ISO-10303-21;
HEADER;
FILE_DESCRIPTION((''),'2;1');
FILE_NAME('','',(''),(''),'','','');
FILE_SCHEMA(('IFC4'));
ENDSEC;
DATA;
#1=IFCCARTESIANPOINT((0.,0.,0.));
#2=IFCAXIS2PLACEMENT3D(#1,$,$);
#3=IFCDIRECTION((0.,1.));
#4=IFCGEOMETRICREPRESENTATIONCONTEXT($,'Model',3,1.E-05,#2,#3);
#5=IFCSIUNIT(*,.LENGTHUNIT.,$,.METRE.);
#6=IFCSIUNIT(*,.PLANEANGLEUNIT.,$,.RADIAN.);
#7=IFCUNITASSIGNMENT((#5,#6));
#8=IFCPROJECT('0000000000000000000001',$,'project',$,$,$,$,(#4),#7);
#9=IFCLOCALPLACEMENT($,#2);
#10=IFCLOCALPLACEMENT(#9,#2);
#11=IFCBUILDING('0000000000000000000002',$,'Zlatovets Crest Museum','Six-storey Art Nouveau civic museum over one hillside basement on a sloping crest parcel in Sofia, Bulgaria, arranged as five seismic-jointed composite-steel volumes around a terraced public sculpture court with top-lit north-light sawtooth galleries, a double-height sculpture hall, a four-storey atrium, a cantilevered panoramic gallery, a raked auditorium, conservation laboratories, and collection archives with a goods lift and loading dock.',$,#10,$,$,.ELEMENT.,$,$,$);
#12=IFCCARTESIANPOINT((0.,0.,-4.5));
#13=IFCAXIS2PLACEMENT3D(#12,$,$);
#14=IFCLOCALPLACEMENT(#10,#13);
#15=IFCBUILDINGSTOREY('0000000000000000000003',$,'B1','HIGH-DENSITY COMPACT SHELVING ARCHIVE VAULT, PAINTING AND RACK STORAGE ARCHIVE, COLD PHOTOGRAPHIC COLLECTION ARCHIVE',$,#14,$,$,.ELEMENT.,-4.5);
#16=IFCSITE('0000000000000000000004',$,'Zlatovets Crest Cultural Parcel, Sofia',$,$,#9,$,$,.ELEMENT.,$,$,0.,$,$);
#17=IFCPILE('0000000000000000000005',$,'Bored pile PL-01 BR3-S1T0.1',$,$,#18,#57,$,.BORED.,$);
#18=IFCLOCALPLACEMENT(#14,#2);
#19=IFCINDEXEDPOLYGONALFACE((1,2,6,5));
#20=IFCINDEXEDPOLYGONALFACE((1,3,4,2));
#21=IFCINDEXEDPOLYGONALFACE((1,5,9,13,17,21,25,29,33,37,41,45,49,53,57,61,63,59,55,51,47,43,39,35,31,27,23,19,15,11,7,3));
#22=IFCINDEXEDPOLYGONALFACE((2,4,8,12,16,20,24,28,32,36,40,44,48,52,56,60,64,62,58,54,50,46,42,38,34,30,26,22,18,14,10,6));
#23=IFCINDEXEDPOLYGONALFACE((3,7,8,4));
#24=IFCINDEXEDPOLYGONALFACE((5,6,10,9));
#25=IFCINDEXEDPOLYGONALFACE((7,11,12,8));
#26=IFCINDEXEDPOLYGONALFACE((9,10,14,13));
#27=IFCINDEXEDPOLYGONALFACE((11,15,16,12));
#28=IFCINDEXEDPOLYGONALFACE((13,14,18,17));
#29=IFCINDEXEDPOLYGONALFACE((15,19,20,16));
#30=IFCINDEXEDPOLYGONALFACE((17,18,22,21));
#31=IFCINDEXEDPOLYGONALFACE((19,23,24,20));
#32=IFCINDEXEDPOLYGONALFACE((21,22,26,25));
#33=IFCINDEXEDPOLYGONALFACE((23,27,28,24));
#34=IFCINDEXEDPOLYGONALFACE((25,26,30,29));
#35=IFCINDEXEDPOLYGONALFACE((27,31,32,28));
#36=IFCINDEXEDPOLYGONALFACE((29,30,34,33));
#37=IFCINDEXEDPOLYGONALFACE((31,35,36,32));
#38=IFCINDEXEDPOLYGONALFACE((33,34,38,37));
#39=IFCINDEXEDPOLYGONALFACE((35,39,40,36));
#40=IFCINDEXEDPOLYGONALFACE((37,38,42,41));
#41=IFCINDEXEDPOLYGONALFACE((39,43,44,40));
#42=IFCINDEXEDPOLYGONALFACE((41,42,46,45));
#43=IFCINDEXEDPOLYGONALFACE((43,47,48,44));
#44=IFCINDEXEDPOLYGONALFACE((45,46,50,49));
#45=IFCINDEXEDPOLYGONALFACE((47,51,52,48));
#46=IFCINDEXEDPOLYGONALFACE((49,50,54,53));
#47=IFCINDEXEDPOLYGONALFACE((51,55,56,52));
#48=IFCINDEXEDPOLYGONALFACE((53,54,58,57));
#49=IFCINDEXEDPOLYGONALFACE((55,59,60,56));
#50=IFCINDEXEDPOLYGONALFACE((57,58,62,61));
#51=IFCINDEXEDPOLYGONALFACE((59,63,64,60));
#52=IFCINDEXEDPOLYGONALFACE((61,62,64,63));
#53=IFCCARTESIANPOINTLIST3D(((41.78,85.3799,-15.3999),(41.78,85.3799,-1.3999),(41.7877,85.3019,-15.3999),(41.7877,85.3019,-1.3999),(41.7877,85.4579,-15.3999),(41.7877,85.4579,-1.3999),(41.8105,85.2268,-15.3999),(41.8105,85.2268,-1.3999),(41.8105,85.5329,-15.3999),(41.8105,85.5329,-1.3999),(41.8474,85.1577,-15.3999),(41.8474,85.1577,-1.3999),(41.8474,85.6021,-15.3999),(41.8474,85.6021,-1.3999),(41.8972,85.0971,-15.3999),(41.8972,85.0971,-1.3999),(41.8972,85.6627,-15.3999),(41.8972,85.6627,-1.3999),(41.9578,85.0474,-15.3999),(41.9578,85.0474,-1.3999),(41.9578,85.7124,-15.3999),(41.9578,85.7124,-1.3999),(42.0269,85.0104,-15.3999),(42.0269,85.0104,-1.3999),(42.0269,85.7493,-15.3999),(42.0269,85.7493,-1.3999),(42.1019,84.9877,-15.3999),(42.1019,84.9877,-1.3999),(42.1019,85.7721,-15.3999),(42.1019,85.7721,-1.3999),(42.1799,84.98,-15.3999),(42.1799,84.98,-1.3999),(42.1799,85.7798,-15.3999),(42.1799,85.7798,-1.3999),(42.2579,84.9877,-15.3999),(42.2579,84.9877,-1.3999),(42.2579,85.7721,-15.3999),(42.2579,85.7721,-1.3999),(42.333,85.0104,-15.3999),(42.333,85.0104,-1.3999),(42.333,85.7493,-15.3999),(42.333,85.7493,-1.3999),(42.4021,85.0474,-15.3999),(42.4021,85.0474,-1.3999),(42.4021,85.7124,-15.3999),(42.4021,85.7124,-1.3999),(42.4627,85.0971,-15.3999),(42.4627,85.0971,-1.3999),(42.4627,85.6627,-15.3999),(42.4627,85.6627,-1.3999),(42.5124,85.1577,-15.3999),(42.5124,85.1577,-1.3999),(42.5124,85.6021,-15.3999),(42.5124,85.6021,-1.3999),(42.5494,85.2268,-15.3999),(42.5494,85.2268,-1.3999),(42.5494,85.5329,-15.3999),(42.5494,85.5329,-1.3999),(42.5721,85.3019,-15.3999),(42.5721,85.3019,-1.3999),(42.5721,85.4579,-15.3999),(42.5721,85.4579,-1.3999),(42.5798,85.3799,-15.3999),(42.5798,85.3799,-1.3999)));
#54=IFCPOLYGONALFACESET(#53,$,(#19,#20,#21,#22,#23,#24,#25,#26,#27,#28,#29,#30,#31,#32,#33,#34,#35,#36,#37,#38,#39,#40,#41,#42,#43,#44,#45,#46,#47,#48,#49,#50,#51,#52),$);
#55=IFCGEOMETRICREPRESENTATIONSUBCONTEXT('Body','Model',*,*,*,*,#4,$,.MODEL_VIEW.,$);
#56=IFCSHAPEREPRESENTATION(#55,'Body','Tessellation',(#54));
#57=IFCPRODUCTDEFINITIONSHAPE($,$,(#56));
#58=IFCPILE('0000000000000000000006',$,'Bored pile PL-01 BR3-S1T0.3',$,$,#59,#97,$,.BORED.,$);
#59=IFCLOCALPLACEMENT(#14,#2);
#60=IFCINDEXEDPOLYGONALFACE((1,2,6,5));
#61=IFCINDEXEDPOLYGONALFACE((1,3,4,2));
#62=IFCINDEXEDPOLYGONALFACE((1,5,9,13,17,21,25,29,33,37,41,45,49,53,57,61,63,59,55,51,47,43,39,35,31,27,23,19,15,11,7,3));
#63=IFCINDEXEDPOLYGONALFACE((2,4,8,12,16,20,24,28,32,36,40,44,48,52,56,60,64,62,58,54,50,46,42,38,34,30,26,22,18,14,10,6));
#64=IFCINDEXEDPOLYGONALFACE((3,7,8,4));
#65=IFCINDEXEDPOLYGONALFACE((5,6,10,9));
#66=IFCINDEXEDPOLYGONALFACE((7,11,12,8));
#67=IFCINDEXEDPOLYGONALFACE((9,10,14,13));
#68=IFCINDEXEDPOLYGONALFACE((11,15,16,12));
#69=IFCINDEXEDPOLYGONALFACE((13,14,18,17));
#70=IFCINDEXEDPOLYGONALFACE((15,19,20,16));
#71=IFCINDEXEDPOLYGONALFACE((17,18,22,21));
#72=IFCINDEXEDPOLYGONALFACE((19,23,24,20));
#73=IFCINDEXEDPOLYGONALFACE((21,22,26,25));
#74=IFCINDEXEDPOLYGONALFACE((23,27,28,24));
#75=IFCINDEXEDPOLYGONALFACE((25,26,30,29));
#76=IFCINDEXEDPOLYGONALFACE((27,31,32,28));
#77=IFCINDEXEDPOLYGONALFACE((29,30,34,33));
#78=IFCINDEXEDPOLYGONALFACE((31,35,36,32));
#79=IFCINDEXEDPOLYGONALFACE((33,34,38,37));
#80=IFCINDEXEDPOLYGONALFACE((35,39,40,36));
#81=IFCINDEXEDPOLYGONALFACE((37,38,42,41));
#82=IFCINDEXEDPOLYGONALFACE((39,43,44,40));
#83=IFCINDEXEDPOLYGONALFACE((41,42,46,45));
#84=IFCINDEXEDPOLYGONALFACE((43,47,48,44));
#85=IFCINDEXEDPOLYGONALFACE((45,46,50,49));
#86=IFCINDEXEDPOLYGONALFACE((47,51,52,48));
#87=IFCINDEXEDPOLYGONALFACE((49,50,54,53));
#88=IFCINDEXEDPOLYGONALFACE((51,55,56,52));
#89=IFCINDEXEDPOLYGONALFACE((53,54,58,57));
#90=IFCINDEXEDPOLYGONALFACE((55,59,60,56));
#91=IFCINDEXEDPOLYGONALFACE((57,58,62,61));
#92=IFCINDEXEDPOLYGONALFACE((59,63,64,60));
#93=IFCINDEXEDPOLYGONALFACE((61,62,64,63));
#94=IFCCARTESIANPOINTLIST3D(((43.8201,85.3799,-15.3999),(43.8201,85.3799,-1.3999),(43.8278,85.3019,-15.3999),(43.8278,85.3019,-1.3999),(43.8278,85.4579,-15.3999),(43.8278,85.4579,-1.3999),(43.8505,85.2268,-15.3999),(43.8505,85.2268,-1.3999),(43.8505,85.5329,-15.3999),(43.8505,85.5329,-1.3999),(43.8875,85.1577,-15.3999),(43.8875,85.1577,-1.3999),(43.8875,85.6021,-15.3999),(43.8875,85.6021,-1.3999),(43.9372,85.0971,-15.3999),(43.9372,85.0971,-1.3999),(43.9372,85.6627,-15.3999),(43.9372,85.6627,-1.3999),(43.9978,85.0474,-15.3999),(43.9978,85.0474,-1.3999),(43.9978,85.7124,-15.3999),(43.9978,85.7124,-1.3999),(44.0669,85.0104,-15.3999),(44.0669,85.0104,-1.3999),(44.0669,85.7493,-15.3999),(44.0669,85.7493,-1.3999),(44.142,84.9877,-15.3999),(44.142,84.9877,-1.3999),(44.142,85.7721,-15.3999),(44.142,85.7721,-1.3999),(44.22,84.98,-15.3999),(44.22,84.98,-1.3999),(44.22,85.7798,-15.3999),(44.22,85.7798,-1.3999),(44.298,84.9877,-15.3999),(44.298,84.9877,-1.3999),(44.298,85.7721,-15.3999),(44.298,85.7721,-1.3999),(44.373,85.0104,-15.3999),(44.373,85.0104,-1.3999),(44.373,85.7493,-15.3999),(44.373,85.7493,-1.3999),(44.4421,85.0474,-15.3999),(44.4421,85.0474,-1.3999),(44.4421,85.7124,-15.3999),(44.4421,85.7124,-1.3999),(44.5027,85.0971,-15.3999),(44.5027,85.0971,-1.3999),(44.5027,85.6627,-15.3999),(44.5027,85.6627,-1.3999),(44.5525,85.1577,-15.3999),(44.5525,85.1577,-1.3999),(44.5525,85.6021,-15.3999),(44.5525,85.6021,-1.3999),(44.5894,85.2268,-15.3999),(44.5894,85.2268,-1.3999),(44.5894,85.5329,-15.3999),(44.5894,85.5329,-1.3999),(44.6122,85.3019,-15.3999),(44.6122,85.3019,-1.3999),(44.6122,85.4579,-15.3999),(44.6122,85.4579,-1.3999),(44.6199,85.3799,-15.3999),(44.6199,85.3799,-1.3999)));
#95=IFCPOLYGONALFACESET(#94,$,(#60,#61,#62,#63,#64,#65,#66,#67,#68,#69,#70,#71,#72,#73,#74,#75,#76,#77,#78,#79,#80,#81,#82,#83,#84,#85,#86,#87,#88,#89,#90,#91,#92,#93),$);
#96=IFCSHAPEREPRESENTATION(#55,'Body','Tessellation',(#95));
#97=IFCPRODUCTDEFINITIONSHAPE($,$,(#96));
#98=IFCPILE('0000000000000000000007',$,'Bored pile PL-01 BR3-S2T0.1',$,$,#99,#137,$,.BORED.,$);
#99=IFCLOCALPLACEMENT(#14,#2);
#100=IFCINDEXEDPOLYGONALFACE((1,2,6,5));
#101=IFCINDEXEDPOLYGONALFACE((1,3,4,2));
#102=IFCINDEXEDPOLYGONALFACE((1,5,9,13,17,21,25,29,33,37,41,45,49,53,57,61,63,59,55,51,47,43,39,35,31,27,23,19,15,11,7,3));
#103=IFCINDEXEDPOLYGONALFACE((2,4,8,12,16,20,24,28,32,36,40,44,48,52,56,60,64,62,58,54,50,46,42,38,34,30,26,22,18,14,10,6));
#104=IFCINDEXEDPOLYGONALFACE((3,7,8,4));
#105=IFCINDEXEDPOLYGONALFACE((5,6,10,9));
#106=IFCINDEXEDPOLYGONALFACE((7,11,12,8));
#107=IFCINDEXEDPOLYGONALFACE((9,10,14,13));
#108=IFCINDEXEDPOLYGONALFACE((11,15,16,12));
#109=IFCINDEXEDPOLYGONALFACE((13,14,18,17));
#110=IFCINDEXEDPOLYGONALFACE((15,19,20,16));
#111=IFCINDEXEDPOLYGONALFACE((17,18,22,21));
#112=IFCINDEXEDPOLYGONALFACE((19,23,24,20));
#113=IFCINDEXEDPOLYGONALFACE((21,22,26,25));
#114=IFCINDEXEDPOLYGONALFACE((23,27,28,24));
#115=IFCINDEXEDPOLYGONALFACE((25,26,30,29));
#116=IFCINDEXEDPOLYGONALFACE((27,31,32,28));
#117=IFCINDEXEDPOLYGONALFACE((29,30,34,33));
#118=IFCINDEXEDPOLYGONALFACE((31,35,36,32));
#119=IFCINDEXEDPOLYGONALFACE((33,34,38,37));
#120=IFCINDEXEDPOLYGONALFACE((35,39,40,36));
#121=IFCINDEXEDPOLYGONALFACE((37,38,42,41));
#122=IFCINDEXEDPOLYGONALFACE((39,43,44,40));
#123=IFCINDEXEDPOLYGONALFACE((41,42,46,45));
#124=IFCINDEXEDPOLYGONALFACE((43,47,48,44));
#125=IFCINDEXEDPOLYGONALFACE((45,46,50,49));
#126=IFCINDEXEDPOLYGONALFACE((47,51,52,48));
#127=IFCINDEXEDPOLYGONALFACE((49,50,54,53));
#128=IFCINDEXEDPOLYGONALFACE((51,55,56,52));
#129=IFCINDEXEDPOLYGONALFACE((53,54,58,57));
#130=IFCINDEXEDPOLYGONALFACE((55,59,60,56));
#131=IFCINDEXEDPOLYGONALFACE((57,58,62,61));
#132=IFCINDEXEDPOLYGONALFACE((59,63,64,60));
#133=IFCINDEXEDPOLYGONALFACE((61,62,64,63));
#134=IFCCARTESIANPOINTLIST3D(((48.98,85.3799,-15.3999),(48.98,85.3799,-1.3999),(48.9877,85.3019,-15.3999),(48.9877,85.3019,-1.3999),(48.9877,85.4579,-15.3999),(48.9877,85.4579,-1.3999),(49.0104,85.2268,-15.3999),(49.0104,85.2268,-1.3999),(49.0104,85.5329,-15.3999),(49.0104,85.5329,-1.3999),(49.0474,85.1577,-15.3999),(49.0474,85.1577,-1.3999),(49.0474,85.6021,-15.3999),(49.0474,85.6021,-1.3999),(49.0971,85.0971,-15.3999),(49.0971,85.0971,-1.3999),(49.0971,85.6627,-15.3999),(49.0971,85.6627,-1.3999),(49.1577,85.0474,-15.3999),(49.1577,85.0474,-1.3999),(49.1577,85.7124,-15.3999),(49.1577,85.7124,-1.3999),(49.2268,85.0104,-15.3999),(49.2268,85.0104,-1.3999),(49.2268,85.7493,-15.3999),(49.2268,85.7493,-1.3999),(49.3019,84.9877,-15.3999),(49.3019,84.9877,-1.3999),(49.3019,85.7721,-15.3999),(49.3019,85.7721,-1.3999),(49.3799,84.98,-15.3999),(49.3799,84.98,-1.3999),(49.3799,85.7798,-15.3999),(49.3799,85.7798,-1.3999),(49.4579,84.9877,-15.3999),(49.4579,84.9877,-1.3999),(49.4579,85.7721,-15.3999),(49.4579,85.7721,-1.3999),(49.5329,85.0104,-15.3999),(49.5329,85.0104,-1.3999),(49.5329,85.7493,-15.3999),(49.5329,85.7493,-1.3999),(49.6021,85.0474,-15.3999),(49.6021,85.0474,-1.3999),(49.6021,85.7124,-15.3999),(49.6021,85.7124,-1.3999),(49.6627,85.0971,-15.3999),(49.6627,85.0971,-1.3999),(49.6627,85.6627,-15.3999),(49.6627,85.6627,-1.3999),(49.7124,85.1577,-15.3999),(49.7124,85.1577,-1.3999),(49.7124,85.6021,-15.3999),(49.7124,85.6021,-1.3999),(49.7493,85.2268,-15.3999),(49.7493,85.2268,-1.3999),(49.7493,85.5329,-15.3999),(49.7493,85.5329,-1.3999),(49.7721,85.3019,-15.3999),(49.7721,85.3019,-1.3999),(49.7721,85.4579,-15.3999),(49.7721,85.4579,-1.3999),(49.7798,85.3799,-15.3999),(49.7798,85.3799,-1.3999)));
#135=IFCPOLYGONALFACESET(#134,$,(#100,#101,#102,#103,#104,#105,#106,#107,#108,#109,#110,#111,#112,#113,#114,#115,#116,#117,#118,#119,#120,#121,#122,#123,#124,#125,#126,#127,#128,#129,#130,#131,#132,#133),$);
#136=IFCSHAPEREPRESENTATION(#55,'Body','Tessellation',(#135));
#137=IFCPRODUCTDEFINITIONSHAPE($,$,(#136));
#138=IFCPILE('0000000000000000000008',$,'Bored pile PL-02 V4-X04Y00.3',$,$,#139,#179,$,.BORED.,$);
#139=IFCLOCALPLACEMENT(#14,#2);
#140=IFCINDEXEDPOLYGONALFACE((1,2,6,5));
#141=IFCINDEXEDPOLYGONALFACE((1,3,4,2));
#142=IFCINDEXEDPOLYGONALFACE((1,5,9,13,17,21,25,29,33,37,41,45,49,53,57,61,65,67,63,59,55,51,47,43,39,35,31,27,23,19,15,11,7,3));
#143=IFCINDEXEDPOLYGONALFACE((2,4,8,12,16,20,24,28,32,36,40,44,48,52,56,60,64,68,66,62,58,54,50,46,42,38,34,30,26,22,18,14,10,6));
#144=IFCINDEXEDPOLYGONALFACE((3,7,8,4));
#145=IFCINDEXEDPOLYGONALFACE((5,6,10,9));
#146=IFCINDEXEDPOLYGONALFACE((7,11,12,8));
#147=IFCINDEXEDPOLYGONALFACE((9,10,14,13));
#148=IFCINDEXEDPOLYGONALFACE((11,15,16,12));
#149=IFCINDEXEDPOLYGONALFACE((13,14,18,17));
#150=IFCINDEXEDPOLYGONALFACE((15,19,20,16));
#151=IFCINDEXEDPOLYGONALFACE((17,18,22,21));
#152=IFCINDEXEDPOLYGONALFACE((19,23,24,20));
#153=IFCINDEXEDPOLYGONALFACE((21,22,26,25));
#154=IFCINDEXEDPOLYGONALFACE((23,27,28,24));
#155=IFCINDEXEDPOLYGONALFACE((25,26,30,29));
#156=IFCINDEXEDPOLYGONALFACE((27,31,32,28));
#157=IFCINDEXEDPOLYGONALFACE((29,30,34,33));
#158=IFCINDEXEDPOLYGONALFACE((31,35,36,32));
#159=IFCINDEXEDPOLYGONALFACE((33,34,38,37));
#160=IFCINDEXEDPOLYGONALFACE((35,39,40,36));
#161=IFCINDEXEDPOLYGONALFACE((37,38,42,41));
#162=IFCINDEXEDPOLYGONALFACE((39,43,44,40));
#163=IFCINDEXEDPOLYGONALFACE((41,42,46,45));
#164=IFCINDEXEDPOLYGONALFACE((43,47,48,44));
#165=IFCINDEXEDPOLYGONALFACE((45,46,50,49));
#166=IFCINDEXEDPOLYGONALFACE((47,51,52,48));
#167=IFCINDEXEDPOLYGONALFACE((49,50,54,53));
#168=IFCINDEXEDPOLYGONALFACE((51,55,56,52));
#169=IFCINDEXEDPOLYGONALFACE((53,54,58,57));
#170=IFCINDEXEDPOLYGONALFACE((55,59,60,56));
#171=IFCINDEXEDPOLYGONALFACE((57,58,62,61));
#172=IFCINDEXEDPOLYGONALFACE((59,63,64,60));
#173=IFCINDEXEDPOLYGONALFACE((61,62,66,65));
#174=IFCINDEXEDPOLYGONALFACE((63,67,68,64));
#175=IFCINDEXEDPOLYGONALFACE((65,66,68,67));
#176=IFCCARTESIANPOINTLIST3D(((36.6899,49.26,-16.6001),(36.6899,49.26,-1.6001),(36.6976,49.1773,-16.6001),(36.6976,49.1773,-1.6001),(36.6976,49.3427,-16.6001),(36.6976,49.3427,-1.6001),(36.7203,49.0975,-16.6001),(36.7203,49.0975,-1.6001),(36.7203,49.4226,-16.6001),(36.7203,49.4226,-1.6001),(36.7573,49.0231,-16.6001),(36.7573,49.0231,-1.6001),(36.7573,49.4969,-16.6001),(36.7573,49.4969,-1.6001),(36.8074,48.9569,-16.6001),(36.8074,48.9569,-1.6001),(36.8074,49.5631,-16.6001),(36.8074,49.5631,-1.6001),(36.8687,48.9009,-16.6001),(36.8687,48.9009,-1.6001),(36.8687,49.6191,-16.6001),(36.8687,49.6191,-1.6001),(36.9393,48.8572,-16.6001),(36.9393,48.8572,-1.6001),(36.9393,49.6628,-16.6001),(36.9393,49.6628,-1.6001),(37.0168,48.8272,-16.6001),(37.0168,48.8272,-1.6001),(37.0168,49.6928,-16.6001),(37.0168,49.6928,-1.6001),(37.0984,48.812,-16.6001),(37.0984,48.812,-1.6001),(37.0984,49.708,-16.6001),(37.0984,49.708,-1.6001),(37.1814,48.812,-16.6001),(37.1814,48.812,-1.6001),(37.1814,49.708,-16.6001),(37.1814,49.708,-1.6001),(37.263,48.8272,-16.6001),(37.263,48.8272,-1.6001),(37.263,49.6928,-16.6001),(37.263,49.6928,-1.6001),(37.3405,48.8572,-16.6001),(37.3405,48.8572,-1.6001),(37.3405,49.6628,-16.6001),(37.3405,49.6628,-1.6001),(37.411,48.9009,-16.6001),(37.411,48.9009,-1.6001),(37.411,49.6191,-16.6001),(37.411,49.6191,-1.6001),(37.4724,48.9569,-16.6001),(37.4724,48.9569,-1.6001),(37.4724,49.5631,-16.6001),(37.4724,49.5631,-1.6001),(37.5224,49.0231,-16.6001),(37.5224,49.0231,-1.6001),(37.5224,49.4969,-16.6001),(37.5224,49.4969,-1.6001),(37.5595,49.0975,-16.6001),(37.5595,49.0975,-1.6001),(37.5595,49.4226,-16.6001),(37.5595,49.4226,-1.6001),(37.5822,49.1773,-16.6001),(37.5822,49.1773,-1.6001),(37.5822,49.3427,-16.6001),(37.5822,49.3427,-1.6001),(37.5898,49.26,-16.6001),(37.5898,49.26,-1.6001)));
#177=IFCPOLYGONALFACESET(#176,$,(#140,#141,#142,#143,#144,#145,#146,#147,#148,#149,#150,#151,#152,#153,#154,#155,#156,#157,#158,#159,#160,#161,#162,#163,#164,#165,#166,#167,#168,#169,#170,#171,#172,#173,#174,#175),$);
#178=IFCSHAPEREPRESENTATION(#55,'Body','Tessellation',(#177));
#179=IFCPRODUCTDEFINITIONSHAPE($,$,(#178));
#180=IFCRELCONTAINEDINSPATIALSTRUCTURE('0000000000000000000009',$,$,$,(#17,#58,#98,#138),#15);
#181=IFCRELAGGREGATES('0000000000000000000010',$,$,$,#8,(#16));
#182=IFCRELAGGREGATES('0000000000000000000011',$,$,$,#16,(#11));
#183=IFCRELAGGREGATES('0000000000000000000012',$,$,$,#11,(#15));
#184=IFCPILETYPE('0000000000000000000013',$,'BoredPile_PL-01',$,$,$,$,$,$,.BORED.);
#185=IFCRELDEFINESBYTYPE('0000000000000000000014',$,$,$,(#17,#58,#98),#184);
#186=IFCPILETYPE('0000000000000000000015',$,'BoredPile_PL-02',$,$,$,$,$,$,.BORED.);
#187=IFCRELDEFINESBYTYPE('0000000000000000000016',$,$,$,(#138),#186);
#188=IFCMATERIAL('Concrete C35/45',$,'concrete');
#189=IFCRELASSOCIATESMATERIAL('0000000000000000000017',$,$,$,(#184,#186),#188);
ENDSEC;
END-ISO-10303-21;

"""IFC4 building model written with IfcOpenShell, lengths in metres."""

from ifc_helpers import new_model, si_unit, direction, frame, origin, origin_2d, place, context, subcontext, project, spatial, circle, extrude, material, material_profile, profile_set, type_object, element, save


model = new_model("IFC4")

# Units and contexts
model_context = context("Model", 3, precision=1e-05, world=origin(), true_north=direction((0.0, 1.0)))
body_context = subcontext(model_context, "Body", "Model", "MODEL_VIEW")
ifc_project = project(units=[si_unit("LENGTHUNIT", "METRE"), si_unit("PLANEANGLEUNIT", "RADIAN")], contexts=[model_context])

# Site, building, storey
site_placement = place(None, origin())
site = spatial("IfcSite", under=ifc_project, at=site_placement, Name="Zlatovets Crest Cultural Parcel, Sofia", CompositionType="ELEMENT", RefElevation=0.0)
building_placement = place(site_placement, origin())
building = spatial("IfcBuilding", under=site, at=building_placement, Name="Zlatovets Crest Museum", Description="Six-storey Art Nouveau civic museum over one hillside basement on a sloping crest parcel in Sofia, Bulgaria, arranged as five seismic-jointed composite-steel volumes around a terraced public sculpture court with top-lit north-light sawtooth galleries, a double-height sculpture hall, a four-storey atrium, a cantilevered panoramic gallery, a raked auditorium, conservation laboratories, and collection archives with a goods lift and loading dock.", CompositionType="ELEMENT")
storey_placement = place(building_placement, frame((0.0, 0.0, -4.5)))
storey = spatial("IfcBuildingStorey", under=building, at=storey_placement, Name="B1", Description="HIGH-DENSITY COMPACT SHELVING ARCHIVE VAULT, PAINTING AND RACK STORAGE ARCHIVE, COLD PHOTOGRAPHIC COLLECTION ARCHIVE", CompositionType="ELEMENT", Elevation=-4.5)

# Piles
ifc_material = material(Name="Concrete C35/45", Category="concrete")
ifc_material_profile_1 = material_profile(ifc_material, circle(Radius=0.3999, at=origin_2d()), Name="PILE D800")
ifc_profile_set_1 = profile_set([ifc_material_profile_1], Name="Concrete C35/45")
pile_type_1 = type_object("IfcPileType", Name="BoredPile_PL-01", PredefinedType="BORED", material=ifc_profile_set_1)
for number, where, z_axis, x_axis, name in (
    (1, (42.1799, 85.3799, -1.3999), (0.0, 0.0, -1.0), (1.0, 0.0, 0.0), "Bored pile PL-01 BR3-S1T0.1"),
    (2, (44.22, 85.3799, -1.3999), (0.0, 0.0, -1.0), (1.0, 0.0, 0.0), "Bored pile PL-01 BR3-S1T0.3"),
    (3, (49.3799, 85.3799, -1.3999), (0.0, 0.0, -1.0), (1.0, 0.0, 0.0), "Bored pile PL-01 BR3-S2T0.1"),
):
    element("IfcPile", number, at=place(storey_placement, frame(where, z_axis=z_axis, x_axis=x_axis)), inside=storey, type_object=pile_type_1, Name=name, PredefinedType="BORED", context=body_context, shape_type="SweptSolid", body=[
        extrude(circle(Radius=0.3999, at=origin_2d()), origin(), (0.0, 0.0, 1.0), 14.0),
    ])
ifc_material_profile_2 = material_profile(ifc_material, circle(Radius=0.45, at=origin_2d()), Name="PILE D900")
ifc_profile_set_2 = profile_set([ifc_material_profile_2], Name="Concrete C35/45")
pile_type_2 = type_object("IfcPileType", Name="BoredPile_PL-02", PredefinedType="BORED", material=ifc_profile_set_2)
for number, where, z_axis, x_axis, name in (
    (4, (37.1399, 49.26, -1.6001), (0.0, 0.0, -1.0), (1.0, 0.0, 0.0), "Bored pile PL-02 V4-X04Y00.3"),
):
    element("IfcPile", number, at=place(storey_placement, frame(where, z_axis=z_axis, x_axis=x_axis)), inside=storey, type_object=pile_type_2, Name=name, PredefinedType="BORED", context=body_context, shape_type="SweptSolid", body=[
        extrude(circle(Radius=0.45, at=origin_2d()), origin(), (0.0, 0.0, 1.0), 15.0),
    ])

save(model, "model.ifc")
